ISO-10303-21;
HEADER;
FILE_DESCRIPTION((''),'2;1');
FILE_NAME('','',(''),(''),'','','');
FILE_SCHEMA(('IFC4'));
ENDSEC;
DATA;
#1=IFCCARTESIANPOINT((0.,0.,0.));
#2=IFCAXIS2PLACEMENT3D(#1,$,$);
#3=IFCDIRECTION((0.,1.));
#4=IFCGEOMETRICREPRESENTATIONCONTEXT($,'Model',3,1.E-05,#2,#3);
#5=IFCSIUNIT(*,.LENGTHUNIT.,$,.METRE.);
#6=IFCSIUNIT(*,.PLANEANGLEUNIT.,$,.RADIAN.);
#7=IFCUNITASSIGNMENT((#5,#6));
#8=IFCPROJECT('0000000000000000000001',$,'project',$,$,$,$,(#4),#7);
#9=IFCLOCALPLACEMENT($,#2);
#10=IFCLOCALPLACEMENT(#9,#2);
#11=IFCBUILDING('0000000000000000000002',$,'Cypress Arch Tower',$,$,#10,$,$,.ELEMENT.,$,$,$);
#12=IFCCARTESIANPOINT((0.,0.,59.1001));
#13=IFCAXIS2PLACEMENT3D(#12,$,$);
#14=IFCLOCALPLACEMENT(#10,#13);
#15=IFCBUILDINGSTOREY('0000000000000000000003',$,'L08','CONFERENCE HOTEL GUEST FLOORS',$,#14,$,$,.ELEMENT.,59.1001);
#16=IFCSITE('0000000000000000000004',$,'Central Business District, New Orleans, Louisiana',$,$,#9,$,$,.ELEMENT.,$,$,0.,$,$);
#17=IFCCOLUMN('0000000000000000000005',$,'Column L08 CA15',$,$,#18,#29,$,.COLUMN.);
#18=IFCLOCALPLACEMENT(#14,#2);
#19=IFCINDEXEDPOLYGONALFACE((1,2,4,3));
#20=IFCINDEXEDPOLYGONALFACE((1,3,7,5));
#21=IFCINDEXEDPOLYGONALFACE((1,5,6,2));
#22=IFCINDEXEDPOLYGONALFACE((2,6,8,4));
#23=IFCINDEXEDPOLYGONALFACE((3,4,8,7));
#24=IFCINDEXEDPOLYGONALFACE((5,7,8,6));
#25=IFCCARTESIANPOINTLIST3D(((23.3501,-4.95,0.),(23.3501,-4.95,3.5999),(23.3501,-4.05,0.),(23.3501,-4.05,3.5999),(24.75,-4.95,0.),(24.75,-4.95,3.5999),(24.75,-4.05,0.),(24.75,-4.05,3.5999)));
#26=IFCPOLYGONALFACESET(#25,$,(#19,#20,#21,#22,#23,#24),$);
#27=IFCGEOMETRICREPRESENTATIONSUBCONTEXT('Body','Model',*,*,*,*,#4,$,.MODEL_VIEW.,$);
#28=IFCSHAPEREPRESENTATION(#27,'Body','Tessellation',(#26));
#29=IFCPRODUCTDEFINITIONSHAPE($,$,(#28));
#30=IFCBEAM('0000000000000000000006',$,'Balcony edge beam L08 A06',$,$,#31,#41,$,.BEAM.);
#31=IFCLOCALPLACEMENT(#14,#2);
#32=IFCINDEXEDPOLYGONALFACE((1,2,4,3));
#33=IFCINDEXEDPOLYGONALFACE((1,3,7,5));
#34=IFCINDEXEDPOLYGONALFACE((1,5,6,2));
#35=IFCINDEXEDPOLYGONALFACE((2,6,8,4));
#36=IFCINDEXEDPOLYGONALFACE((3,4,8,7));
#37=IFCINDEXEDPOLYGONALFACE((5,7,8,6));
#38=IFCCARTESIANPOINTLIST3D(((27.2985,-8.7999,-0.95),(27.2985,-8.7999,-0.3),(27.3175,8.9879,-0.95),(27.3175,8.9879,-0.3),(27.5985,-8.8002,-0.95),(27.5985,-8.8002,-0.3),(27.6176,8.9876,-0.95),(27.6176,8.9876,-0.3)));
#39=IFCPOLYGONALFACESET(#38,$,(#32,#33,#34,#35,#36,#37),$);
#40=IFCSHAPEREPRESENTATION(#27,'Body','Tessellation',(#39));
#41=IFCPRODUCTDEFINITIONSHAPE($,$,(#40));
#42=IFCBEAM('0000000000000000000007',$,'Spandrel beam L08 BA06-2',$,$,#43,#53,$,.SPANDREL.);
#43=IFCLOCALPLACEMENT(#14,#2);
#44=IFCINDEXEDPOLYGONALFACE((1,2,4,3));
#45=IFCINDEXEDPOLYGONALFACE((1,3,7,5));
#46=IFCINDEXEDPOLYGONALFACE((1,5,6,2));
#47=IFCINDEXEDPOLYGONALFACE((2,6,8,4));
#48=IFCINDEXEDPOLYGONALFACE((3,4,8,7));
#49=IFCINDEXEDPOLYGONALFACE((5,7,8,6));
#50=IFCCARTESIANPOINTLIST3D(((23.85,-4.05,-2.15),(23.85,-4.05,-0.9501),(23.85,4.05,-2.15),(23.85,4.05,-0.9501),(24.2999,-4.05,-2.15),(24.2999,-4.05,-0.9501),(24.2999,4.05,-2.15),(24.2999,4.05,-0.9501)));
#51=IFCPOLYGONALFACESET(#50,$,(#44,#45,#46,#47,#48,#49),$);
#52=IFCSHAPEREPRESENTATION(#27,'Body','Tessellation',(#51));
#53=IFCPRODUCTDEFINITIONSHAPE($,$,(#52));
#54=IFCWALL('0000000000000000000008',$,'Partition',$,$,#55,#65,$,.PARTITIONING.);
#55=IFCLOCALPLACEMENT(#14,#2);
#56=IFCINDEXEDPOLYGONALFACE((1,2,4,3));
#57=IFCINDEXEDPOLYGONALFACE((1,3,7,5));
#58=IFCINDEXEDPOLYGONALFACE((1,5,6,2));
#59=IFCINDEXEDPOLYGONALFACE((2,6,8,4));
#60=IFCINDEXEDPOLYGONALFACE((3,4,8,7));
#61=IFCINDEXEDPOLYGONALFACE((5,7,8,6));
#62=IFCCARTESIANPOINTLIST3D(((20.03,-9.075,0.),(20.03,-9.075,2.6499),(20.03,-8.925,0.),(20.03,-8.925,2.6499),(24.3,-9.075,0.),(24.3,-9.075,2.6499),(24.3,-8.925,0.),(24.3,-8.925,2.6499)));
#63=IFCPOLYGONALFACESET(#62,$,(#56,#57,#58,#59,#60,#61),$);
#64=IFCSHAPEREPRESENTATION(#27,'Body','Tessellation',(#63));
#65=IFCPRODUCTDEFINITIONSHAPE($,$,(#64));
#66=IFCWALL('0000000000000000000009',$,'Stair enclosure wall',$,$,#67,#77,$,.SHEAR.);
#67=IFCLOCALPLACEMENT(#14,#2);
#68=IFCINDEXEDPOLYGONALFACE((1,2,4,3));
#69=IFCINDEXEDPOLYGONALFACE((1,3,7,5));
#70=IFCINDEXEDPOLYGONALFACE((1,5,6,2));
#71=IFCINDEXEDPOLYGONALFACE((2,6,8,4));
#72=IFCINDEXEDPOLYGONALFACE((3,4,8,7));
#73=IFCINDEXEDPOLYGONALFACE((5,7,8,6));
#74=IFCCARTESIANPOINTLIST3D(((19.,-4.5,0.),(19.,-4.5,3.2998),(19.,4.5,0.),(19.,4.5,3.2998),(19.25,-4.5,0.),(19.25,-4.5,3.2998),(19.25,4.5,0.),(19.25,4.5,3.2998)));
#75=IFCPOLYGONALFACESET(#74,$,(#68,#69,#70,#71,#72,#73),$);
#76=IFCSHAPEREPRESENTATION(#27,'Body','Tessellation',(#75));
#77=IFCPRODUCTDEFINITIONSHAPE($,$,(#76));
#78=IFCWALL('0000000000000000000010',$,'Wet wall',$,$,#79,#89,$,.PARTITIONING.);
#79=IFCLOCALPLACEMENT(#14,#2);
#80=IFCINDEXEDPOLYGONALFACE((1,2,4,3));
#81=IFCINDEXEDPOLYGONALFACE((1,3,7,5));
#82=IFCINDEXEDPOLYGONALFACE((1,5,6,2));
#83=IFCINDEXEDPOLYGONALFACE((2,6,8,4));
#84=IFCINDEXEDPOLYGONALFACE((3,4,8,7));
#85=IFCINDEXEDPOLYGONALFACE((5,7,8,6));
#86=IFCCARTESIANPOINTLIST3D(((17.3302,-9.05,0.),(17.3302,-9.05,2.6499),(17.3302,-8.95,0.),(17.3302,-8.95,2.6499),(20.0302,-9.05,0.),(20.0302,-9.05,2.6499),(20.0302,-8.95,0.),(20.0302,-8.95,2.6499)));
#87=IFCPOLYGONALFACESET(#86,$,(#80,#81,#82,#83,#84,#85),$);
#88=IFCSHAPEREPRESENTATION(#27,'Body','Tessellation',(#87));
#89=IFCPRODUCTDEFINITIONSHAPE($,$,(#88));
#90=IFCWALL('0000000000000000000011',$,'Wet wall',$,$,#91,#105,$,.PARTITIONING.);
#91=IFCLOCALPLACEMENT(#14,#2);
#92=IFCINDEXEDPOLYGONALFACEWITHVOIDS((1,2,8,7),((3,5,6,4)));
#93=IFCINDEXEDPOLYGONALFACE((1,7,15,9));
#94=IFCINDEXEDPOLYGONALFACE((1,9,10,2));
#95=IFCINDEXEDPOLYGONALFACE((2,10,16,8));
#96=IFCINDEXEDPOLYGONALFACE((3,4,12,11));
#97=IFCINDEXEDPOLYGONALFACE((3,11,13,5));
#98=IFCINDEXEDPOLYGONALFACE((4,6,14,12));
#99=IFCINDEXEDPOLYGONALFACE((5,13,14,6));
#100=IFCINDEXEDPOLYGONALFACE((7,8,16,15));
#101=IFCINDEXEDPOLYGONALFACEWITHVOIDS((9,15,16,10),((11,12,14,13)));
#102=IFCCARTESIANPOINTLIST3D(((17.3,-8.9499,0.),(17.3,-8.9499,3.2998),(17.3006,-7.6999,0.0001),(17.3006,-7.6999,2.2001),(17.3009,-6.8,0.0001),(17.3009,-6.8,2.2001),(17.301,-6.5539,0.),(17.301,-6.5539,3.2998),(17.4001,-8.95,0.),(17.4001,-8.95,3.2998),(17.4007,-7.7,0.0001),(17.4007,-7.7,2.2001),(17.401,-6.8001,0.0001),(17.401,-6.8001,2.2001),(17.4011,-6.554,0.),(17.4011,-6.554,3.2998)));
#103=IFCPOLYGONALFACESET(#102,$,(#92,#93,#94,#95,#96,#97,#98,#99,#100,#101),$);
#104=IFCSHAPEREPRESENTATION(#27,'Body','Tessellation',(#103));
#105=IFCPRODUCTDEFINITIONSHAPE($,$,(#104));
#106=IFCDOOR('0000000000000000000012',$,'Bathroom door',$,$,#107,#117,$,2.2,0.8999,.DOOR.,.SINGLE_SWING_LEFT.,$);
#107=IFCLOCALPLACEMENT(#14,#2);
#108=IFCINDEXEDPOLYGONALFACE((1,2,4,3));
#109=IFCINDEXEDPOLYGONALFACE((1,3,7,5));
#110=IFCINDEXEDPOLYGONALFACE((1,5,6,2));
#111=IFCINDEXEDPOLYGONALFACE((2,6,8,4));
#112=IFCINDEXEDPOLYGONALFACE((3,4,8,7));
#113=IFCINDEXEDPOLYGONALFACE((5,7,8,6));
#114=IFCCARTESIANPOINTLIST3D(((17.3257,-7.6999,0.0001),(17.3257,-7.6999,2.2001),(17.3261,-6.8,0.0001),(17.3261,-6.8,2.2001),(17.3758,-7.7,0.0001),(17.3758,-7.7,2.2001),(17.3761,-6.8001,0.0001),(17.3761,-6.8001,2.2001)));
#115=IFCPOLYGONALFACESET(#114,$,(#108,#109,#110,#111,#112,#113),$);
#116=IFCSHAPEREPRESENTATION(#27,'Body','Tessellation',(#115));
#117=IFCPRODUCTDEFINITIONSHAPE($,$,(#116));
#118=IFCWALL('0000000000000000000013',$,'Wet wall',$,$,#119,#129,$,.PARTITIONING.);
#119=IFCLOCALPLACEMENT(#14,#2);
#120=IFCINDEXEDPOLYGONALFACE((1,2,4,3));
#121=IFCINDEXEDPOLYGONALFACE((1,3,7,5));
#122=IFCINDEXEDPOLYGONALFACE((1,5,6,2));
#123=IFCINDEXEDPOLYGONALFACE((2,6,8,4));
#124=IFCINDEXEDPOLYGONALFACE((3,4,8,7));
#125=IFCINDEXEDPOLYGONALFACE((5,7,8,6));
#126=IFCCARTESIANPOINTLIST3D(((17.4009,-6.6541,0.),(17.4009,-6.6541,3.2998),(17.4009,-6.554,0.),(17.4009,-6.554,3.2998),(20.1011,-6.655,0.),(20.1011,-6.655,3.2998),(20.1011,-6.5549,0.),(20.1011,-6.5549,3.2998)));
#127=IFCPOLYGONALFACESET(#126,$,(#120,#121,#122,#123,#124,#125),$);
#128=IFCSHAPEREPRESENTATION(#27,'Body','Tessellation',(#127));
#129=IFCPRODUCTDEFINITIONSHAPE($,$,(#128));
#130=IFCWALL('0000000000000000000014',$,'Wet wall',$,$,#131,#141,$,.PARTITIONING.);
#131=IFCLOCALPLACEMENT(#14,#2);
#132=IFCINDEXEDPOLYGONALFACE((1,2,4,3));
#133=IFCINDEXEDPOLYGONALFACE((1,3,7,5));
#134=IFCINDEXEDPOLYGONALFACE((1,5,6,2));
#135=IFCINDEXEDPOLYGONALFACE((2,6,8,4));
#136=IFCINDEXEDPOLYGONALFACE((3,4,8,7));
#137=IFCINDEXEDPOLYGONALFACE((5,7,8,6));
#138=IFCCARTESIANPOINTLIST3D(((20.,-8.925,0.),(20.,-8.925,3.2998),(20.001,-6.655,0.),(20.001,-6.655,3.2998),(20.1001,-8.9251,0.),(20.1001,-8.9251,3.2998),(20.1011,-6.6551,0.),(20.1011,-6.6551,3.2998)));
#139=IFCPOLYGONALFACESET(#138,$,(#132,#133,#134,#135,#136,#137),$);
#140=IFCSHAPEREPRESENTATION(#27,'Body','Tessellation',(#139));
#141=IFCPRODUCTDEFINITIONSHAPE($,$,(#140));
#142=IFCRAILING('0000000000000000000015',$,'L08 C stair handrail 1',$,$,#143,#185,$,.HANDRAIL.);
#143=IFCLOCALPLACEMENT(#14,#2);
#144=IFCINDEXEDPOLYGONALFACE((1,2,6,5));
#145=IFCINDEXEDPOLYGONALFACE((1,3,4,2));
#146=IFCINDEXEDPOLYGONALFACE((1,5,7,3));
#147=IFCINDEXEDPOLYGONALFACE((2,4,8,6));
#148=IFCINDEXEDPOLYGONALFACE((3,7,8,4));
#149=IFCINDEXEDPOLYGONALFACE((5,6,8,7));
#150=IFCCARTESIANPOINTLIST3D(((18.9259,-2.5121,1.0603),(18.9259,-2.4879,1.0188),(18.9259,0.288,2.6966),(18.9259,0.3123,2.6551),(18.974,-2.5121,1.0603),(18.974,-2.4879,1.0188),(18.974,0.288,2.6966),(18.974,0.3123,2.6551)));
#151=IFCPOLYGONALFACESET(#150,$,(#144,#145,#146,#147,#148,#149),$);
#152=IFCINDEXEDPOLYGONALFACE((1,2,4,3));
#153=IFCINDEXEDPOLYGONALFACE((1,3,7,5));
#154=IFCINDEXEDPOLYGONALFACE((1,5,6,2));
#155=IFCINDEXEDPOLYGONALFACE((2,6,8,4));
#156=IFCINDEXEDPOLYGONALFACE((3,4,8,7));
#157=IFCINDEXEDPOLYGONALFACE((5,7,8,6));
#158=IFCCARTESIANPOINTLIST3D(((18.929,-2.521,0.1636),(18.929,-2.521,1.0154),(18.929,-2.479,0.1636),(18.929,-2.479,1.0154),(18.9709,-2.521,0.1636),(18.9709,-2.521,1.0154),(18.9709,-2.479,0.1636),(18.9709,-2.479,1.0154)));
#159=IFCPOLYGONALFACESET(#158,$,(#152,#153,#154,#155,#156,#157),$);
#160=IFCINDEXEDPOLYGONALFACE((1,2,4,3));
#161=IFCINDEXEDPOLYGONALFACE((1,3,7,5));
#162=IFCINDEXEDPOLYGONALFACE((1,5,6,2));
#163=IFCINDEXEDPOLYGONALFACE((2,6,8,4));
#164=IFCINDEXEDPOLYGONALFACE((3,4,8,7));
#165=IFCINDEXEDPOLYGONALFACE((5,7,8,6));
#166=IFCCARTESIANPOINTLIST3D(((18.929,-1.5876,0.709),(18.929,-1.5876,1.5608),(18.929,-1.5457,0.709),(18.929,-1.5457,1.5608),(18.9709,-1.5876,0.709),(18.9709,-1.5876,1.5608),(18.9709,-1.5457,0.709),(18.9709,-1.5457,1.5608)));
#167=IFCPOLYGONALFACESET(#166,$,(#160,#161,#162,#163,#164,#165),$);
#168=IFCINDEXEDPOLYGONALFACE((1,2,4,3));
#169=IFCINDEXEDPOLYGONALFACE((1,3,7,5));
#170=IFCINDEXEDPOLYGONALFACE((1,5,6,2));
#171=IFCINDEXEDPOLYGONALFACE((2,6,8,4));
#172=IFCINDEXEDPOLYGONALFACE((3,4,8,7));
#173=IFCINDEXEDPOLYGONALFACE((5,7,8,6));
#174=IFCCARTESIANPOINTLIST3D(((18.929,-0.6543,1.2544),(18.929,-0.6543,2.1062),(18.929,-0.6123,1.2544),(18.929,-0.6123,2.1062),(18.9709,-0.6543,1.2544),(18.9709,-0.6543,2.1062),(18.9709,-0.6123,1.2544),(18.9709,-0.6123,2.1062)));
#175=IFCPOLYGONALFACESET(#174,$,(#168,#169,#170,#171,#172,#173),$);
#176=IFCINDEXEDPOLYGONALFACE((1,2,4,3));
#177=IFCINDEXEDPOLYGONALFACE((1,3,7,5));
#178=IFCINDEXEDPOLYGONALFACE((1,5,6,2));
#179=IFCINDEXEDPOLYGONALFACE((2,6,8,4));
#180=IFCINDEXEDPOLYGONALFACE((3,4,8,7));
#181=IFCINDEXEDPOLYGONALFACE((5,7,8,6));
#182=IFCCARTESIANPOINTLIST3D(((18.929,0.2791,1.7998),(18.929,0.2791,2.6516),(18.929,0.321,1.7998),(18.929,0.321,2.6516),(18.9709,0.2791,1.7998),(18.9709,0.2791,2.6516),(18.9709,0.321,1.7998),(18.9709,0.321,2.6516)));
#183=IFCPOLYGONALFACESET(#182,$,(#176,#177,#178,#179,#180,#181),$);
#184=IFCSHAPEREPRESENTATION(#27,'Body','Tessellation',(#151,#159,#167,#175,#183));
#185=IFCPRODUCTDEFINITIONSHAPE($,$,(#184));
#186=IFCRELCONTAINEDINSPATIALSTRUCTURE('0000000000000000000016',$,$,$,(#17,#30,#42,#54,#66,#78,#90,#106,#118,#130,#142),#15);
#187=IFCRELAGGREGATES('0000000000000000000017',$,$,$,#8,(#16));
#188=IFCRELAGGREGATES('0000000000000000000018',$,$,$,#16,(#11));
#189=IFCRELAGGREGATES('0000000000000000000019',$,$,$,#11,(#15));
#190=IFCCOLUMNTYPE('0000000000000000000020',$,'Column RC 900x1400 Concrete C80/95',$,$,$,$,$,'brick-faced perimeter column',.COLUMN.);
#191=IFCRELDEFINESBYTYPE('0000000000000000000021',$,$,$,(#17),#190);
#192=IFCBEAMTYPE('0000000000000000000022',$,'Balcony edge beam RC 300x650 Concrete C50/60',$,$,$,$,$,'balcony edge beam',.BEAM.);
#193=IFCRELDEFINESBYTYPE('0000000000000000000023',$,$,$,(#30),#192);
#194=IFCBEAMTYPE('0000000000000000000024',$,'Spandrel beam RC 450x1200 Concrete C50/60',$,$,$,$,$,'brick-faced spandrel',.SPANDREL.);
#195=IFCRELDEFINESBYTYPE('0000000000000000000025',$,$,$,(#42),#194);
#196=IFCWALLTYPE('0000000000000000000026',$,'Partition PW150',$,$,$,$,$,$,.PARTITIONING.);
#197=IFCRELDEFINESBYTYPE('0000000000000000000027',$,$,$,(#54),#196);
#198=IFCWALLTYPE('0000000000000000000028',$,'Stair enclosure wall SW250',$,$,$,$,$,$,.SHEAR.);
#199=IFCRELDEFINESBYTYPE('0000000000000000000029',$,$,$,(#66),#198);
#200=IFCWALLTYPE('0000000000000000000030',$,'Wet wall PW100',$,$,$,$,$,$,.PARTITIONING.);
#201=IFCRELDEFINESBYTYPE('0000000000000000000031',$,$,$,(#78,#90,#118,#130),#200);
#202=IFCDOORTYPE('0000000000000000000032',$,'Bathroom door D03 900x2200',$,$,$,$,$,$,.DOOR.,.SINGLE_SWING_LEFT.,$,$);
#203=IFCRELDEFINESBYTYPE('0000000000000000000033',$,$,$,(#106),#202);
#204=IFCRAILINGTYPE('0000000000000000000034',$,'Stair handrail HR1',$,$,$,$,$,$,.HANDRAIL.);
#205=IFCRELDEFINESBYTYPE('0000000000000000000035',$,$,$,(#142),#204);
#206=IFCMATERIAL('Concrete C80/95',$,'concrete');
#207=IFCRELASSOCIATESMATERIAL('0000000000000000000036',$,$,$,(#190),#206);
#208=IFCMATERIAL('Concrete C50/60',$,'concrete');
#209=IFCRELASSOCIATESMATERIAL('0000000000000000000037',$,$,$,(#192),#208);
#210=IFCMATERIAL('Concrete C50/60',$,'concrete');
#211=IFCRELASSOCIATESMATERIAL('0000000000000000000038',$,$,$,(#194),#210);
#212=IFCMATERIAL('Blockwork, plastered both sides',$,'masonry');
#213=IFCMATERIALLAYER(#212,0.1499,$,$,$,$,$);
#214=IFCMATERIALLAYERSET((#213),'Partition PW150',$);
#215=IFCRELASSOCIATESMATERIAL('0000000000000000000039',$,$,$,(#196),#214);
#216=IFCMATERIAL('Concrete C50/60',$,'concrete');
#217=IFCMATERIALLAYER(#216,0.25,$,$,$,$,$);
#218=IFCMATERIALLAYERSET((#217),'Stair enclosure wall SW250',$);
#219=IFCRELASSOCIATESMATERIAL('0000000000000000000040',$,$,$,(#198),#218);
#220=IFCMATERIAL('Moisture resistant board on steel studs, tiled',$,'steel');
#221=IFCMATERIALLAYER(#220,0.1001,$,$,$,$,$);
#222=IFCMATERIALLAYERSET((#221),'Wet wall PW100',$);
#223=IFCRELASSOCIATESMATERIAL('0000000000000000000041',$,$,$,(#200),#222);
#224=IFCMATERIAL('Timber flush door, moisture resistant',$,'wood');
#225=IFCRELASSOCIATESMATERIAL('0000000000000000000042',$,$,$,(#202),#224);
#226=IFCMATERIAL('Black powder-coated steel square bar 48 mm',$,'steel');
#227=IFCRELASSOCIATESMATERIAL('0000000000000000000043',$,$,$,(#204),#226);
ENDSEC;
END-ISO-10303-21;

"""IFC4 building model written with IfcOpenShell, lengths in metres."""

from ifc_helpers import new_model, si_unit, direction, frame, frame_2d, origin, origin_2d, place, context, subcontext, project, spatial, rectangle, extrude, material, layer, layer_set, material_profile, profile_set, type_object, element, fill, save


model = new_model("IFC4")

# Units and contexts
model_context = context("Model", 3, precision=1e-05, world=origin(), true_north=direction((0.0, 1.0)))
body_context = subcontext(model_context, "Body", "Model", "MODEL_VIEW")
ifc_project = project(units=[si_unit("LENGTHUNIT", "METRE"), si_unit("PLANEANGLEUNIT", "RADIAN")], contexts=[model_context])

# Site, building, storey
site_placement = place(None, origin())
site = spatial("IfcSite", under=ifc_project, at=site_placement, Name="Central Business District, New Orleans, Louisiana", CompositionType="ELEMENT", RefElevation=0.0)
building_placement = place(site_placement, origin())
building = spatial("IfcBuilding", under=site, at=building_placement, Name="Cypress Arch Tower", CompositionType="ELEMENT")
storey_placement = place(building_placement, frame((0.0, 0.0, 59.1001)))
storey = spatial("IfcBuildingStorey", under=building, at=storey_placement, Name="L08", Description="CONFERENCE HOTEL GUEST FLOORS", CompositionType="ELEMENT", Elevation=59.1001)

# Column
ifc_material_1 = material(Name="Concrete C80/95", Category="concrete")
ifc_material_profile_1 = material_profile(ifc_material_1, rectangle(XDim=0.8999, YDim=1.3999, at=origin_2d()), Name="RC 900x1400")
ifc_profile_set_1 = profile_set([ifc_material_profile_1], Name="Concrete C80/95")
column_type = type_object("IfcColumnType", Name="Column RC 900x1400 Concrete C80/95", ElementType="brick-faced perimeter column", PredefinedType="COLUMN", material=ifc_profile_set_1)
column_placement = place(storey_placement, frame((24.05, -4.5, 0.0), z_axis=(0.0, 0.0, 1.0), x_axis=(0.0, 1.0, 0.0)))
element("IfcColumn", 1, at=column_placement, inside=storey, type_object=column_type, Name="Column L08 CA15", PredefinedType="COLUMN", context=body_context, shape_type="SweptSolid", body=[
    extrude(rectangle(XDim=0.8999, YDim=1.3999, at=origin_2d()), origin(), (0.0, 0.0, 1.0), 3.5999),
])

# Beams
ifc_material_2 = material(Name="Concrete C50/60", Category="concrete")
ifc_material_profile_2 = material_profile(ifc_material_2, rectangle(XDim=0.3, YDim=0.6499, at=origin_2d()), Name="RC 300x650")
ifc_profile_set_2 = profile_set([ifc_material_profile_2], Name="Concrete C50/60")
beam_type_1 = type_object("IfcBeamType", Name="Balcony edge beam RC 300x650 Concrete C50/60", ElementType="balcony edge beam", PredefinedType="BEAM", material=ifc_profile_set_2)
beam_1_placement = place(storey_placement, frame((27.4485, -8.8, -0.625), z_axis=(0.001071, 0.999999, 0.0), x_axis=(-0.999999, 0.001071, 0.0)))
element("IfcBeam", 2, at=beam_1_placement, inside=storey, type_object=beam_type_1, Name="Balcony edge beam L08 A06", PredefinedType="BEAM", context=body_context, shape_type="SweptSolid", body=[
    extrude(rectangle(XDim=0.3, YDim=0.6499, at=origin_2d()), origin(), (0.0, 0.0, 1.0), 17.7878),
])
ifc_material_3 = material(Name="Concrete C50/60", Category="concrete")
ifc_material_profile_3 = material_profile(ifc_material_3, rectangle(XDim=0.45, YDim=1.2, at=origin_2d()), Name="RC 450x1200")
ifc_profile_set_3 = profile_set([ifc_material_profile_3], Name="Concrete C50/60")
beam_type_2 = type_object("IfcBeamType", Name="Spandrel beam RC 450x1200 Concrete C50/60", ElementType="brick-faced spandrel", PredefinedType="SPANDREL", material=ifc_profile_set_3)
beam_2_placement = place(storey_placement, frame((24.075, -4.05, -1.55), z_axis=(0.0, 1.0, 0.0), x_axis=(-1.0, 0.0, 0.0)))
element("IfcBeam", 3, at=beam_2_placement, inside=storey, type_object=beam_type_2, Name="Spandrel beam L08 BA06-2", PredefinedType="SPANDREL", context=body_context, shape_type="SweptSolid", body=[
    extrude(rectangle(XDim=0.45, YDim=1.2, at=origin_2d()), origin(), (0.0, 0.0, 1.0), 8.1001),
])

# Walls
ifc_material_4 = material(Name="Blockwork, plastered both sides", Category="masonry")
ifc_layer_1 = layer(ifc_material_4, 0.1499)
ifc_layer_set_1 = layer_set([ifc_layer_1], Name="Partition PW150")
wall_type_1 = type_object("IfcWallType", Name="Partition PW150", PredefinedType="PARTITIONING", material=ifc_layer_set_1)
wall_1_placement = place(storey_placement, frame((20.03, -9.0, 0.0), z_axis=(0.0, 0.0, 1.0), x_axis=(1.0, 0.0, 0.0)))
element("IfcWall", 4, at=wall_1_placement, inside=storey, type_object=wall_type_1, Name="Partition", PredefinedType="PARTITIONING", context=body_context, shape_type="SweptSolid", body=[
    extrude(rectangle(XDim=4.27, YDim=0.1499, at=frame_2d((2.135, 0.0))), origin(), (0.0, 0.0, 1.0), 2.6499),
])
ifc_material_5 = material(Name="Concrete C50/60", Category="concrete")
ifc_layer_2 = layer(ifc_material_5, 0.25)
ifc_layer_set_2 = layer_set([ifc_layer_2], Name="Stair enclosure wall SW250")
wall_type_2 = type_object("IfcWallType", Name="Stair enclosure wall SW250", PredefinedType="SHEAR", material=ifc_layer_set_2)
wall_2_placement = place(storey_placement, frame((19.125, -4.5, 0.0), z_axis=(0.0, 0.0, 1.0), x_axis=(0.0, 1.0, 0.0)))
element("IfcWall", 5, at=wall_2_placement, inside=storey, type_object=wall_type_2, Name="Stair enclosure wall", PredefinedType="SHEAR", context=body_context, shape_type="SweptSolid", body=[
    extrude(rectangle(XDim=9.0, YDim=0.25, at=frame_2d((4.5, 0.0))), origin(), (0.0, 0.0, 1.0), 3.2998),
])
ifc_material_6 = material(Name="Moisture resistant board on steel studs, tiled", Category="steel")
ifc_layer_3 = layer(ifc_material_6, 0.1001)
ifc_layer_set_3 = layer_set([ifc_layer_3], Name="Wet wall PW100")
wall_type_3 = type_object("IfcWallType", Name="Wet wall PW100", PredefinedType="PARTITIONING", material=ifc_layer_set_3)
wall_3_placement = place(storey_placement, frame((17.3301, -9.0, 0.0), z_axis=(0.0, 0.0, 1.0), x_axis=(1.0, 0.0, 0.0)))
element("IfcWall", 6, at=wall_3_placement, inside=storey, type_object=wall_type_3, Name="Wet wall", PredefinedType="PARTITIONING", context=body_context, shape_type="SweptSolid", body=[
    extrude(rectangle(XDim=2.7, YDim=0.1001, at=frame_2d((1.3501, 0.0))), origin(), (0.0, 0.0, 1.0), 2.6499),
])

# Wall, opening, door
wall_4_placement = place(storey_placement, frame((17.3501, -8.95, 0.0), z_axis=(0.0, 0.0, 1.0), x_axis=(0.000408, 1.0, 0.0)))
wall_4 = element("IfcWall", 7, at=wall_4_placement, inside=storey, type_object=wall_type_3, Name="Wet wall", PredefinedType="PARTITIONING", context=body_context, shape_type="SweptSolid", body=[
    extrude(rectangle(XDim=2.396, YDim=0.1001, at=frame_2d((1.198, 0.0))), origin(), (0.0, 0.0, 1.0), 3.2998),
])
opening_1_placement = place(wall_4_placement, frame((1.25, 0.0, 0.0)))
opening_1 = element("IfcOpeningElement", 8, at=opening_1_placement, cuts=wall_4, PredefinedType="OPENING", context=body_context, shape_type="SweptSolid", body=[
    extrude(rectangle(XDim=0.8999, YDim=2.2, at=frame_2d((0.45, 1.1001))), frame((0.0, 0.0601, 0.0), z_axis=(0.0, -1.0, 0.0), x_axis=(1.0, 0.0, 0.0)), (0.0, 0.0, 1.0), 0.1201),
])
ifc_material_7 = material(Name="Timber flush door, moisture resistant", Category="wood")
door_type_1 = type_object("IfcDoorType", Name="Bathroom door D03 900x2200", OperationType="SINGLE_SWING_LEFT", PredefinedType="DOOR", material=ifc_material_7)
door_1_placement = place(opening_1_placement, origin())
door_1 = element("IfcDoor", 9, at=door_1_placement, inside=storey, type_object=door_type_1, Name="Bathroom door", OperationType="SINGLE_SWING_LEFT", OverallHeight=2.2, OverallWidth=0.8999, PredefinedType="DOOR", context=body_context, shape_type="SweptSolid", body=[
    extrude(rectangle(XDim=0.8999, YDim=2.2, at=frame_2d((0.45, 1.1001))), frame((0.0, 0.0249, 0.0), z_axis=(0.0, -1.0, 0.0), x_axis=(1.0, 0.0, 0.0)), (0.0, 0.0, 1.0), 0.05),
])
fill(opening_1, door_1)

# Walls
wall_5_placement = place(storey_placement, frame((17.4009, -6.604, 0.0), z_axis=(0.0, 0.0, 1.0), x_axis=(1.0, -0.000362, 0.0)))
element("IfcWall", 10, at=wall_5_placement, inside=storey, type_object=wall_type_3, Name="Wet wall", PredefinedType="PARTITIONING", context=body_context, shape_type="SweptSolid", body=[
    extrude(rectangle(XDim=2.7002, YDim=0.1001, at=frame_2d((1.3501, 0.0))), origin(), (0.0, 0.0, 1.0), 3.2998),
])
wall_6_placement = place(storey_placement, frame((20.05, -8.925, 0.0), z_axis=(0.0, 0.0, 1.0), x_axis=(0.00043, 1.0, 0.0)))
element("IfcWall", 11, at=wall_6_placement, inside=storey, type_object=wall_type_3, Name="Wet wall", PredefinedType="PARTITIONING", context=body_context, shape_type="SweptSolid", body=[
    extrude(rectangle(XDim=2.27, YDim=0.1001, at=frame_2d((1.135, 0.0))), origin(), (0.0, 0.0, 1.0), 3.2998),
])

# Railing
ifc_material_8 = material(Name="Black powder-coated steel square bar 48 mm", Category="steel")
railing_type_1 = type_object("IfcRailingType", Name="Stair handrail HR1", PredefinedType="HANDRAIL", material=ifc_material_8)
railing_1_placement = place(storey_placement, frame((18.95, -2.5, 0.1636)))
element("IfcRailing", 12, at=railing_1_placement, inside=storey, type_object=railing_type_1, Name="L08 C stair handrail 1", PredefinedType="HANDRAIL", context=body_context, shape_type="SweptSolid", body=[
    extrude(rectangle(XDim=0.0481, YDim=0.0481, at=origin_2d()), frame((0.0, 0.0, 0.876), z_axis=(0.0, 0.863394, 0.504531), x_axis=(-1.0, 0.0, 0.0)), (0.0, 0.0, 1.0), 3.2432),
    extrude(rectangle(XDim=0.042, YDim=0.042, at=origin_2d()), origin(), (0.0, 0.0, 1.0), 0.8518),
    extrude(rectangle(XDim=0.042, YDim=0.042, at=origin_2d()), frame((0.0, 0.9333, 0.5454)), (0.0, 0.0, 1.0), 0.8518),
    extrude(rectangle(XDim=0.042, YDim=0.042, at=origin_2d()), frame((0.0, 1.8667, 1.0908)), (0.0, 0.0, 1.0), 0.8518),
    extrude(rectangle(XDim=0.042, YDim=0.042, at=origin_2d()), frame((0.0, 2.8, 1.6362)), (0.0, 0.0, 1.0), 0.8518),
])

save(model, "model.ifc")
